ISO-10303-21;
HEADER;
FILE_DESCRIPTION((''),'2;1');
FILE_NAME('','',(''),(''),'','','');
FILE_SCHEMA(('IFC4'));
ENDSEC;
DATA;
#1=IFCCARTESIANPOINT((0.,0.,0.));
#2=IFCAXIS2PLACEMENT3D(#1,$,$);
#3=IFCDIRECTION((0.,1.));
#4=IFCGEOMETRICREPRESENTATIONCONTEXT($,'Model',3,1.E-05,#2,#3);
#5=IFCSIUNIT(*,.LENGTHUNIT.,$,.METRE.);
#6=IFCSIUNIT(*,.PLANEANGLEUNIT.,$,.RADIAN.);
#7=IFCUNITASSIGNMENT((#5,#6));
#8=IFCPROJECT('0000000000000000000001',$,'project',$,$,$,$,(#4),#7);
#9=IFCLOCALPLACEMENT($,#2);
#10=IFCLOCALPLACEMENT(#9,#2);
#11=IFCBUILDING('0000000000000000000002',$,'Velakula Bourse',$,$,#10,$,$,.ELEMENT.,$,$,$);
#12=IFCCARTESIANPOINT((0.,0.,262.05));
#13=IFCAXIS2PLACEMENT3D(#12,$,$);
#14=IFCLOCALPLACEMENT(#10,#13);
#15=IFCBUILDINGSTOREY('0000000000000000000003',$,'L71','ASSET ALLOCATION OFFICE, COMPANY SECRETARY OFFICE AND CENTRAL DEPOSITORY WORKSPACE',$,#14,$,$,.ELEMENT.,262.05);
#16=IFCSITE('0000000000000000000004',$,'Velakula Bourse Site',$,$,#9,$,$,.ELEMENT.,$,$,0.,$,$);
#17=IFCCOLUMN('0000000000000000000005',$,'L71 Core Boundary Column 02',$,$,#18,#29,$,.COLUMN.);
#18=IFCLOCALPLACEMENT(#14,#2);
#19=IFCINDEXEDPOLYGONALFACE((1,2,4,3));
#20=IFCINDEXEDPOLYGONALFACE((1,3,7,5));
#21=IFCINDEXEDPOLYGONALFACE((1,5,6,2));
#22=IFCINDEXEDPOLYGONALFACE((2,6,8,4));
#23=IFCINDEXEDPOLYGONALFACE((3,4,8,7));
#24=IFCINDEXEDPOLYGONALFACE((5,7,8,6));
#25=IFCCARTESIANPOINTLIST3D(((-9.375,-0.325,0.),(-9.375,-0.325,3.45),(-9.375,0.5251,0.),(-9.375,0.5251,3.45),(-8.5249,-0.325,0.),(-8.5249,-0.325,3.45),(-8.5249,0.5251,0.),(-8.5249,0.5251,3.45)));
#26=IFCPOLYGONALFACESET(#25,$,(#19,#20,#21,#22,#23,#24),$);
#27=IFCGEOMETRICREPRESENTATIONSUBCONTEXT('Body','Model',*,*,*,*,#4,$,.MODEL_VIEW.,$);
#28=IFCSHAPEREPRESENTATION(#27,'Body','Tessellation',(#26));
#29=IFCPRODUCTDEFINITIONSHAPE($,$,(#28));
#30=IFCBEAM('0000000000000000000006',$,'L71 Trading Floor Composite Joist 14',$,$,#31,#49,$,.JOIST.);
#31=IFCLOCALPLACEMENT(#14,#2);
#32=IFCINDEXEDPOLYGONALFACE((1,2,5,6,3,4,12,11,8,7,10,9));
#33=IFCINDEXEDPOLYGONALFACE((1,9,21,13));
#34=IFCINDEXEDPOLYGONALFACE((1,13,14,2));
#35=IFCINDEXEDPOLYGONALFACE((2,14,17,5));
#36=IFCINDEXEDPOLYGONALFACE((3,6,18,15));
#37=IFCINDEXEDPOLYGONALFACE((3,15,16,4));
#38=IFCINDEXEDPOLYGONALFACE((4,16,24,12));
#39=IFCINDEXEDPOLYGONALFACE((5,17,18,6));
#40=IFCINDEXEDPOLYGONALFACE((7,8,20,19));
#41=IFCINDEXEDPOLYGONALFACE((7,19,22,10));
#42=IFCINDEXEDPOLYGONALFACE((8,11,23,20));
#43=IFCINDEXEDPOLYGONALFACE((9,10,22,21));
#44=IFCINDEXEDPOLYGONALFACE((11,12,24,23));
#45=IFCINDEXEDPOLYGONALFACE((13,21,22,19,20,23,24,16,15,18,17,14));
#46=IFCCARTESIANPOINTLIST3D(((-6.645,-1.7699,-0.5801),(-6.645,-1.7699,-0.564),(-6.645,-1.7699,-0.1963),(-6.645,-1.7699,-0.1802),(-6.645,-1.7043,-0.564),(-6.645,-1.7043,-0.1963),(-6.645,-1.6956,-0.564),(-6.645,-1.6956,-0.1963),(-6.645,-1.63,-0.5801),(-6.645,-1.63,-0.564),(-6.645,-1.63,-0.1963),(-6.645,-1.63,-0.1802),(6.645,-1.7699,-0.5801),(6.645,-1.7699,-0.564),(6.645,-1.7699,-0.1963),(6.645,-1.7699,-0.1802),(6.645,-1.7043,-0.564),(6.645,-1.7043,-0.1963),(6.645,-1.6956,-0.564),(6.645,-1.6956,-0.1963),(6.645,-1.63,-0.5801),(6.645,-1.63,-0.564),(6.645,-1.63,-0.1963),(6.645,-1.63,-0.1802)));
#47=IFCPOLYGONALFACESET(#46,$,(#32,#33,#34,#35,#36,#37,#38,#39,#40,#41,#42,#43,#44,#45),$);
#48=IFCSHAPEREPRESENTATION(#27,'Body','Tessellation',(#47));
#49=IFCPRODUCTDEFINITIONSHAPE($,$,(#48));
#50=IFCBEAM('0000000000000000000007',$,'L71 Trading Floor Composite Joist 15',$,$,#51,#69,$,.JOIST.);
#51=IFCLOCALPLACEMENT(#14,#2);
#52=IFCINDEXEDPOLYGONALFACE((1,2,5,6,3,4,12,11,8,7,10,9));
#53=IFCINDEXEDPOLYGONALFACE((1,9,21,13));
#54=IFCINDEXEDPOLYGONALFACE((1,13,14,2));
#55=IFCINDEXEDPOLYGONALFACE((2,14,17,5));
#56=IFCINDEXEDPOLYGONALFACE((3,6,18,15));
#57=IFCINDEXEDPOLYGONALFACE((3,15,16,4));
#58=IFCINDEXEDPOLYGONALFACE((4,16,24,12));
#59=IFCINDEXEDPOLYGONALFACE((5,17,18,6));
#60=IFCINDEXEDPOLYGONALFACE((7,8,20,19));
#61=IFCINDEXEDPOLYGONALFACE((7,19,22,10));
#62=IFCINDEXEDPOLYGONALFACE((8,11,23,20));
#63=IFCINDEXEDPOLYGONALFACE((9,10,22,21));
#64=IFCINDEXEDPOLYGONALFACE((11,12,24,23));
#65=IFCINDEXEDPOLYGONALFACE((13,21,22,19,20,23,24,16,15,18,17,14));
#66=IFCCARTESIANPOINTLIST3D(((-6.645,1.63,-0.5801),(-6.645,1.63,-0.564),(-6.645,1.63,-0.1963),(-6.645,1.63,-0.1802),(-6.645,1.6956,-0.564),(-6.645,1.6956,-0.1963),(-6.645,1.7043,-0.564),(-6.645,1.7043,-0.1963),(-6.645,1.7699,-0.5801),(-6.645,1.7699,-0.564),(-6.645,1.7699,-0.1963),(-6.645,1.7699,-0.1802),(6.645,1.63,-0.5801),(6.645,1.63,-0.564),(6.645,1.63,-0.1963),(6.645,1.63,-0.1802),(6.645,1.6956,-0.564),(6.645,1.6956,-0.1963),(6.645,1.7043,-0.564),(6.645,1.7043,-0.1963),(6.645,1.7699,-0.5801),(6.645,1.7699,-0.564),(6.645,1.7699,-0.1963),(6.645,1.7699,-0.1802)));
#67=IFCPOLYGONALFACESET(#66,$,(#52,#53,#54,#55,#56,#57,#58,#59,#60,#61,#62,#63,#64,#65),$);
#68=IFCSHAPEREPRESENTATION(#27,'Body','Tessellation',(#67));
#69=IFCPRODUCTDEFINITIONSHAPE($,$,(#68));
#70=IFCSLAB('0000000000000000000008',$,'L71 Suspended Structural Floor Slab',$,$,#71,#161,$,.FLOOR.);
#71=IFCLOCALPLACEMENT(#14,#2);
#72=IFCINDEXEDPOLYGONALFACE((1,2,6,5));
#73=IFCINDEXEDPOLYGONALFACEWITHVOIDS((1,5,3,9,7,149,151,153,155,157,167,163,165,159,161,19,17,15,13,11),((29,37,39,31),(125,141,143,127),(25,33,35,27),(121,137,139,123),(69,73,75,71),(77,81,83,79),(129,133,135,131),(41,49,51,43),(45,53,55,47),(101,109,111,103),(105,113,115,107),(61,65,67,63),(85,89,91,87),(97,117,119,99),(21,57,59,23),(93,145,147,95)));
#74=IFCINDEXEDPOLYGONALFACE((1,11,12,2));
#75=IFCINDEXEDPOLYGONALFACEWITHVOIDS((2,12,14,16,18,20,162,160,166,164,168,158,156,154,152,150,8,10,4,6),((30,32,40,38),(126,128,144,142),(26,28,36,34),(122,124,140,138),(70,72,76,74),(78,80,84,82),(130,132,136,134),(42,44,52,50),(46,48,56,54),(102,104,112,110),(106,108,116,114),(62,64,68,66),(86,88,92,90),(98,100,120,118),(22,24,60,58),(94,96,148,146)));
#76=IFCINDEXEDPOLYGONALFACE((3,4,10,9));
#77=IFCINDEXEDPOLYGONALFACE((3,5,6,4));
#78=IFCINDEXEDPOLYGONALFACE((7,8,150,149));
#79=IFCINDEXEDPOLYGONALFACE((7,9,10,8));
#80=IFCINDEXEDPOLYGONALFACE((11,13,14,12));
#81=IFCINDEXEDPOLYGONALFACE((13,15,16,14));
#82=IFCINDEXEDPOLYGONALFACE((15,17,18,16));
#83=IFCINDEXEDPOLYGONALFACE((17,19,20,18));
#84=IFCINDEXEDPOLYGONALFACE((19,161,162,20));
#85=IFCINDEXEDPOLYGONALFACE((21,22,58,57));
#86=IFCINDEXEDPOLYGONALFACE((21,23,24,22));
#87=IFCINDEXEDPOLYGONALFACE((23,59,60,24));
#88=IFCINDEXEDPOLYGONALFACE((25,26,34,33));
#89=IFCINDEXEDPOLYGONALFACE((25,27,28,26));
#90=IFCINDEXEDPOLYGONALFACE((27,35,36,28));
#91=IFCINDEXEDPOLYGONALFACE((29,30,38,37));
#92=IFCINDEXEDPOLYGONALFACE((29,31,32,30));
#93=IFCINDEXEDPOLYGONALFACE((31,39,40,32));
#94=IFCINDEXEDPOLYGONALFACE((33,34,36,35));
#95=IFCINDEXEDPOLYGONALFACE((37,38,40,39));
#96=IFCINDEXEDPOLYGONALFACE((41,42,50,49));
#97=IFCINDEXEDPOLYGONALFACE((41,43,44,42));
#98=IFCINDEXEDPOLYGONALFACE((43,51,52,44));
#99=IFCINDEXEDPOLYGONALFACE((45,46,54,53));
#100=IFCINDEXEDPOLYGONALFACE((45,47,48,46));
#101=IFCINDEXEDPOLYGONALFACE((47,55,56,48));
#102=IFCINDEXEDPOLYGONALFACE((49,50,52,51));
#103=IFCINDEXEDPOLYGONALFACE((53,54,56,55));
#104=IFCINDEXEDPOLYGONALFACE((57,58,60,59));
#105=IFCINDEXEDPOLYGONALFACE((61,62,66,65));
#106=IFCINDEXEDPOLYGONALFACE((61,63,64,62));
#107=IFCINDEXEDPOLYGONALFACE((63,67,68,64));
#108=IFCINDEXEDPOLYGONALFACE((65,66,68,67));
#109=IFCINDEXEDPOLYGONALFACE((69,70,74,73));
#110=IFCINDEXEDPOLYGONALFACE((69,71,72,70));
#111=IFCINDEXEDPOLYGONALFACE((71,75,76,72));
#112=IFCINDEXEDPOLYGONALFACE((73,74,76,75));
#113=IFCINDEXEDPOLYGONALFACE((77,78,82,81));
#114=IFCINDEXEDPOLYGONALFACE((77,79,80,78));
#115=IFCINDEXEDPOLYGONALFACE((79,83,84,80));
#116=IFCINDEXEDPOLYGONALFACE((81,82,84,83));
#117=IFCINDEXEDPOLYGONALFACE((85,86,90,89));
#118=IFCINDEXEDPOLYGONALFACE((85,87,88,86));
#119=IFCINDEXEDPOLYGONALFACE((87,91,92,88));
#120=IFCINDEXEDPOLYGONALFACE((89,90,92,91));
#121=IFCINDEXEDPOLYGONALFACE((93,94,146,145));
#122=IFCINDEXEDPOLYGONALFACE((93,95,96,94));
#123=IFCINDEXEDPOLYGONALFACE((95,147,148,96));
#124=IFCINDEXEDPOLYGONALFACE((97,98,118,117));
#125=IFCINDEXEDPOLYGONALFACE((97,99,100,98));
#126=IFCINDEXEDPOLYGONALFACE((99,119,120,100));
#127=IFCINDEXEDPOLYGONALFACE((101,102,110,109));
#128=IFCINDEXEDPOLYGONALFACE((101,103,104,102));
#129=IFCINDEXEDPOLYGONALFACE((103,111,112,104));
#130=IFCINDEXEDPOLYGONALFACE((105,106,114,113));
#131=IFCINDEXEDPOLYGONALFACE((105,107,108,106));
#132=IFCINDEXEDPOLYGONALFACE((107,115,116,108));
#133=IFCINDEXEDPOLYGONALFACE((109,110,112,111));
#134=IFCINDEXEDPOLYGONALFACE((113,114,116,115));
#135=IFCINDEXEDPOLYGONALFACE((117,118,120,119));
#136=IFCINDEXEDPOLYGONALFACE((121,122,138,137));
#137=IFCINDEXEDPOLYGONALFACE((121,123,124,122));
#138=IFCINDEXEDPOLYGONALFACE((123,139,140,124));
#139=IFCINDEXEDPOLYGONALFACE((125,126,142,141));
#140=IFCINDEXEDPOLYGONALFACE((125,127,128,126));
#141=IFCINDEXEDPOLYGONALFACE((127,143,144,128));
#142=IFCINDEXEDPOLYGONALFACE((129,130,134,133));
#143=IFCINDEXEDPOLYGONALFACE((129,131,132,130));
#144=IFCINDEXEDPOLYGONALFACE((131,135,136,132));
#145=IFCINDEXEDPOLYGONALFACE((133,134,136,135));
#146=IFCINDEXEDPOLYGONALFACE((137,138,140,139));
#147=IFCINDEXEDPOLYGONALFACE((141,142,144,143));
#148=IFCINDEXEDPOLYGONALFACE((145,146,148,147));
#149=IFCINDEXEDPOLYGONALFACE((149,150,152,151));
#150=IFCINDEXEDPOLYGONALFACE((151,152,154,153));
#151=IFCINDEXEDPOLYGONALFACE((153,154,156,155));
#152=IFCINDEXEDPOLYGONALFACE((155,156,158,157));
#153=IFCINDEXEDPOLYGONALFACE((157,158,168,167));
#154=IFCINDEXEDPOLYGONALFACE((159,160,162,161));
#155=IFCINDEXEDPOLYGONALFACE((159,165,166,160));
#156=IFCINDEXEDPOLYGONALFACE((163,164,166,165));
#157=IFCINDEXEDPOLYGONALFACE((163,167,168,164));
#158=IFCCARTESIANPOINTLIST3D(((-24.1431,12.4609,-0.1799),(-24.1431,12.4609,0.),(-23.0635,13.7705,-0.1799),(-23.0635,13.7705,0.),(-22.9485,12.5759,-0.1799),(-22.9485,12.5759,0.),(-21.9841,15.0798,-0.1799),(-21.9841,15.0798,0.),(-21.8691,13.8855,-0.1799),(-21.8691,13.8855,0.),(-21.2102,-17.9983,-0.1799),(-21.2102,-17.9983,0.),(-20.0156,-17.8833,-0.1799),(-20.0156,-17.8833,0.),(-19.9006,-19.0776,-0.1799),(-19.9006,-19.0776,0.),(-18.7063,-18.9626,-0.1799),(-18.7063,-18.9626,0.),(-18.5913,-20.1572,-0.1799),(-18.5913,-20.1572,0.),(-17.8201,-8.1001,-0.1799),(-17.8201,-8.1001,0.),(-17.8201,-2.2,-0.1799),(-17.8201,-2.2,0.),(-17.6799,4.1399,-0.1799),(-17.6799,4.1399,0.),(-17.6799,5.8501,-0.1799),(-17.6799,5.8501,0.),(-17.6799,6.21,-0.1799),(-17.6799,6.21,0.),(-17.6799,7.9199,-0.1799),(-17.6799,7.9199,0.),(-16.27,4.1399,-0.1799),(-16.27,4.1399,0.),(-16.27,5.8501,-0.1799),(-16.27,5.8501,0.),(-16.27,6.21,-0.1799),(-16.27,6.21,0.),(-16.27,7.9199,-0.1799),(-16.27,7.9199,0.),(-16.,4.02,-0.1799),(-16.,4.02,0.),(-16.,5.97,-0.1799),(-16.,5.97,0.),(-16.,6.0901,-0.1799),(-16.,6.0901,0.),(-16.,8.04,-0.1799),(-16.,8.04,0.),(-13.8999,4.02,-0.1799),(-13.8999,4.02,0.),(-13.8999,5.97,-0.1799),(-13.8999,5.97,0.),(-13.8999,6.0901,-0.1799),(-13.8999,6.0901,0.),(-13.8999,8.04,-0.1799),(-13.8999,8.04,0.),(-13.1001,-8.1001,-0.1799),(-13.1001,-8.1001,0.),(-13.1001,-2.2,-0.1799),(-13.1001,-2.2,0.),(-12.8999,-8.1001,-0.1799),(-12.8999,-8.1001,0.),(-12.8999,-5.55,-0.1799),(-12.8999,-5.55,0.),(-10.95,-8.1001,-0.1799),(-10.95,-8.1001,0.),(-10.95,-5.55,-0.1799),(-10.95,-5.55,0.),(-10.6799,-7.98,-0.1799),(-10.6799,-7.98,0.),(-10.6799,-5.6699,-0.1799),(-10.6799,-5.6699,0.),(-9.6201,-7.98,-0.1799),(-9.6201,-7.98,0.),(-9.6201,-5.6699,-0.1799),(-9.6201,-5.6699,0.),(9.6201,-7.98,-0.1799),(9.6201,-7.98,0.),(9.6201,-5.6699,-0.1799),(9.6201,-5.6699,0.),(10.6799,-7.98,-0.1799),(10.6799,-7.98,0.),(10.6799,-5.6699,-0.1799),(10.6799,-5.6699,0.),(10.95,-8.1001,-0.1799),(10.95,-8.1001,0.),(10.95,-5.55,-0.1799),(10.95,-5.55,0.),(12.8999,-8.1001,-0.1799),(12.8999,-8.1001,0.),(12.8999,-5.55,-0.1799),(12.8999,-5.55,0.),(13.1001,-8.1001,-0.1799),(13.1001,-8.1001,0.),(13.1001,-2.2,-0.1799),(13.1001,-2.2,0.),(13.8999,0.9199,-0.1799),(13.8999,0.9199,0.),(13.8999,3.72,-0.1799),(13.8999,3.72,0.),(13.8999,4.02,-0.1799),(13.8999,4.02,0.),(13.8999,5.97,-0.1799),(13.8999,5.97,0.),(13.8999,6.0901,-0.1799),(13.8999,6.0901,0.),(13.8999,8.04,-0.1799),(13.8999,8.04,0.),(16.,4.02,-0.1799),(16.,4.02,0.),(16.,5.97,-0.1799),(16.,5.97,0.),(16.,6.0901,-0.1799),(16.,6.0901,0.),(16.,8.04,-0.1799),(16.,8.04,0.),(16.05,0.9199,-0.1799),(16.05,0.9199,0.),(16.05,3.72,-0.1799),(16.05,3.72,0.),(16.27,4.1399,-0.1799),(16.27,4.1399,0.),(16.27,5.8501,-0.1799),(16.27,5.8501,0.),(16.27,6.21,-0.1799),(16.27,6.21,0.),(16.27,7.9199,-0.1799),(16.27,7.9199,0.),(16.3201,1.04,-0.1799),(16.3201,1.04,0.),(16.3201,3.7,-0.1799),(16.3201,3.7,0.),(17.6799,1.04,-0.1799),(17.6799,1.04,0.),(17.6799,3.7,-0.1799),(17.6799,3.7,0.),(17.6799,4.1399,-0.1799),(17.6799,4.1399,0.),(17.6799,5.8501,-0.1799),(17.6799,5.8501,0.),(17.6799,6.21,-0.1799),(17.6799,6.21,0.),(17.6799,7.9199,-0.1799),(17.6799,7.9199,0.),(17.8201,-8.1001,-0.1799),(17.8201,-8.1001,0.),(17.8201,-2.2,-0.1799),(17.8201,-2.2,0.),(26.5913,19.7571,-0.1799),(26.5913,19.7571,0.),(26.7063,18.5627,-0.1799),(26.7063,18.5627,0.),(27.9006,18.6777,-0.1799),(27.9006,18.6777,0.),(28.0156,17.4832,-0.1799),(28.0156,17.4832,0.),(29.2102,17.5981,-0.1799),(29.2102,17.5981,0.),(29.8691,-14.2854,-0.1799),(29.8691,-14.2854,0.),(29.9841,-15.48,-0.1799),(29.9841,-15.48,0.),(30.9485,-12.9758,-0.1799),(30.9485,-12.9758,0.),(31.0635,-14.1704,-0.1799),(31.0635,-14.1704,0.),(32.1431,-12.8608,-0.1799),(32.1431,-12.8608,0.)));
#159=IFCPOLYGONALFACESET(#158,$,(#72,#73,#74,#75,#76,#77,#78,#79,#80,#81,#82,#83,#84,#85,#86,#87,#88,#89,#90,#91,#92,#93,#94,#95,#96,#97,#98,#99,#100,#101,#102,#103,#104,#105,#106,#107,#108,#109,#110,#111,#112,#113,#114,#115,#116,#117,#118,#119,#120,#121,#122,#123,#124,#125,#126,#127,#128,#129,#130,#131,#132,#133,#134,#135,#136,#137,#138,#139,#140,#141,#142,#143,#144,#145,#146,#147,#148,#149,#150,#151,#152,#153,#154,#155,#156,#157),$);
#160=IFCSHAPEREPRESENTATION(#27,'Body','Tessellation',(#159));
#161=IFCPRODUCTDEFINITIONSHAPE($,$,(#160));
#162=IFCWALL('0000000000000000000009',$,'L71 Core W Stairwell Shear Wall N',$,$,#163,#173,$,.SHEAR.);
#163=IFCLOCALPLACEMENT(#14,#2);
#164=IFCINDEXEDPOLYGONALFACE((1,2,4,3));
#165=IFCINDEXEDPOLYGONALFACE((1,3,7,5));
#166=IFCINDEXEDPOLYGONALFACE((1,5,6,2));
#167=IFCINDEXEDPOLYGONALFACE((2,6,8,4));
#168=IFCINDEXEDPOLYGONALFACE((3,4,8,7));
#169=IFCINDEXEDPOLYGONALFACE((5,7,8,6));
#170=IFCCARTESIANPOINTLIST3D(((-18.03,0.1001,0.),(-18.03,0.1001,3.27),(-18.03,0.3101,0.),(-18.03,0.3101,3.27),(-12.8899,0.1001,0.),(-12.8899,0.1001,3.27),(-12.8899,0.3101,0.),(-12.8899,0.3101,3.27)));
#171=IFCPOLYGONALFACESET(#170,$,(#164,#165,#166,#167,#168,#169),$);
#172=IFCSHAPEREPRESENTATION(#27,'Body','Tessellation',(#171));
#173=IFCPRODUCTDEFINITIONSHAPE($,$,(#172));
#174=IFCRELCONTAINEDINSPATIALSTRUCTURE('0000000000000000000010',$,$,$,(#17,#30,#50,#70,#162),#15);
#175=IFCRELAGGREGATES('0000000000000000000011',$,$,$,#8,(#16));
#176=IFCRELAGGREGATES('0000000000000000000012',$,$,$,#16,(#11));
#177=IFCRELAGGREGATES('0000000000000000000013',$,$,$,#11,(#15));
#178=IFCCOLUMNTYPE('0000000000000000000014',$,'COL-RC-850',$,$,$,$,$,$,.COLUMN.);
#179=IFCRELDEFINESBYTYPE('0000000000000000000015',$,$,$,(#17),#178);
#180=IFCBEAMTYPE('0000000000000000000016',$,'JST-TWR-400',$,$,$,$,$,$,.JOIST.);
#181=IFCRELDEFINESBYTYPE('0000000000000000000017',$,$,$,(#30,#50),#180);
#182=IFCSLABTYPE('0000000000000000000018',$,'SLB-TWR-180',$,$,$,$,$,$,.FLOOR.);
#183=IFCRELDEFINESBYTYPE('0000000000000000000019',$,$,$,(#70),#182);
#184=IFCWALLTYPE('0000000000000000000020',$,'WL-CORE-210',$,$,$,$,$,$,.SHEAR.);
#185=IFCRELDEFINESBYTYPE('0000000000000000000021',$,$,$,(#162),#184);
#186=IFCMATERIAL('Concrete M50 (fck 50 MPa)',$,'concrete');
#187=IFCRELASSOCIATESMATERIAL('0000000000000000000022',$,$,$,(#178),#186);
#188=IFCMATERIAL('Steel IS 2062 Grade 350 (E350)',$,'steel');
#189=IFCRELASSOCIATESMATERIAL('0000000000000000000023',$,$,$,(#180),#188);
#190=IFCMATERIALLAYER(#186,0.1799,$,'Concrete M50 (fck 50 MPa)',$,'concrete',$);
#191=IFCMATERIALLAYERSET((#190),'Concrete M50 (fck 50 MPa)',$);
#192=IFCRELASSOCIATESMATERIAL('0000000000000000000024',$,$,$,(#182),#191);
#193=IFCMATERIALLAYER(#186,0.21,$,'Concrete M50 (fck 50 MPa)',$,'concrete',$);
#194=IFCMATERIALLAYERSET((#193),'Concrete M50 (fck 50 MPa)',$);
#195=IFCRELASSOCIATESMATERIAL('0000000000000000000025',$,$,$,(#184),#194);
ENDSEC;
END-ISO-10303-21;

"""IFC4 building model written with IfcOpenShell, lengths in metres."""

from ifc_helpers import new_model, si_unit, direction, frame, frame_2d, origin, origin_2d, place, context, subcontext, project, spatial, polyline, rectangle, i_section, outline, extrude, material, layer, layer_set, material_profile, profile_set, type_object, element, save


model = new_model("IFC4")

# Units and contexts
model_context = context("Model", 3, precision=1e-05, world=origin(), true_north=direction((0.0, 1.0)))
body_context = subcontext(model_context, "Body", "Model", "MODEL_VIEW")
ifc_project = project(units=[si_unit("LENGTHUNIT", "METRE"), si_unit("PLANEANGLEUNIT", "RADIAN")], contexts=[model_context])

# Site, building, storey
site_placement = place(None, origin())
site = spatial("IfcSite", under=ifc_project, at=site_placement, Name="Velakula Bourse Site", CompositionType="ELEMENT", RefElevation=0.0)
building_placement = place(site_placement, origin())
building = spatial("IfcBuilding", under=site, at=building_placement, Name="Velakula Bourse", CompositionType="ELEMENT")
storey_placement = place(building_placement, frame((0.0, 0.0, 262.05)))
storey = spatial("IfcBuildingStorey", under=building, at=storey_placement, Name="L71", Description="ASSET ALLOCATION OFFICE, COMPANY SECRETARY OFFICE AND CENTRAL DEPOSITORY WORKSPACE", CompositionType="ELEMENT", Elevation=262.05)

# Column
ifc_material_1 = material(Name="Concrete M50 (fck 50 MPa)", Category="concrete")
ifc_material_profile_1 = material_profile(ifc_material_1, rectangle(XDim=0.8501, YDim=0.8501, at=origin_2d()), Name="Concrete M50 (fck 50 MPa)")
ifc_profile_set_1 = profile_set([ifc_material_profile_1], Name="Concrete M50 (fck 50 MPa)")
column_type = type_object("IfcColumnType", Name="COL-RC-850", PredefinedType="COLUMN", material=ifc_profile_set_1)
column_placement = place(storey_placement, frame((-8.95, 0.1001, 0.0), z_axis=(0.0, 0.0, 1.0), x_axis=(1.0, 0.0, 0.0)))
element("IfcColumn", 1, at=column_placement, inside=storey, type_object=column_type, Name="L71 Core Boundary Column 02", PredefinedType="COLUMN", context=body_context, shape_type="SweptSolid", body=[
    extrude(rectangle(XDim=0.8501, YDim=0.8501, at=origin_2d()), origin(), (0.0, 0.0, 1.0), 3.45),
])

# Beams
ifc_material_2 = material(Name="Steel IS 2062 Grade 350 (E350)", Category="steel")
ifc_material_profile_2 = material_profile(ifc_material_2, i_section(OverallWidth=0.1399, OverallDepth=0.3999, WebThickness=0.0088, FlangeThickness=0.0161, at=origin_2d()), Name="Steel IS 2062 Grade 350 (E350)")
ifc_profile_set_2 = profile_set([ifc_material_profile_2], Name="Steel IS 2062 Grade 350 (E350)")
beam_type = type_object("IfcBeamType", Name="JST-TWR-400", PredefinedType="JOIST", material=ifc_profile_set_2)
for number, where, z_axis, x_axis, name in (
    (2, (-6.645, -1.7, -0.3801), (1.0, 0.0, 0.0), (0.0, 1.0, 0.0), "L71 Trading Floor Composite Joist 14"),
    (3, (-6.645, 1.7, -0.3801), (1.0, 0.0, 0.0), (0.0, 1.0, 0.0), "L71 Trading Floor Composite Joist 15"),
):
    element("IfcBeam", number, at=place(storey_placement, frame(where, z_axis=z_axis, x_axis=x_axis)), inside=storey, type_object=beam_type, Name=name, PredefinedType="JOIST", context=body_context, shape_type="SweptSolid", body=[
        extrude(i_section(OverallWidth=0.1399, OverallDepth=0.3999, WebThickness=0.0088, FlangeThickness=0.0161, at=origin_2d()), origin(), (0.0, 0.0, 1.0), 13.29),
    ])

# Slab
ifc_layer_1 = layer(ifc_material_1, 0.1799, Name="Concrete M50 (fck 50 MPa)", Category="concrete")
ifc_layer_set_1 = layer_set([ifc_layer_1], Name="Concrete M50 (fck 50 MPa)")
slab_type = type_object("IfcSlabType", Name="SLB-TWR-180", PredefinedType="FLOOR", material=ifc_layer_set_1)
slab_placement = place(storey_placement, frame((0.0, 0.0, -0.1799)))
element("IfcSlab", 4, at=slab_placement, inside=storey, type_object=slab_type, Name="L71 Suspended Structural Floor Slab", PredefinedType="FLOOR", context=body_context, shape_type="SweptSolid", body=[
    extrude(outline(polyline([(-18.5913, -20.1572), (29.9841, -15.48), (29.8691, -14.2854), (31.0635, -14.1704), (30.9485, -12.9758), (32.1431, -12.8608), (29.2102, 17.5981), (28.0156, 17.4832), (27.9006, 18.6777), (26.7063, 18.5627), (26.5913, 19.7571), (-21.9841, 15.0798), (-21.8691, 13.8855), (-23.0635, 13.7705), (-22.9485, 12.5759), (-24.1431, 12.4609), (-21.2102, -17.9983), (-20.0156, -17.8833), (-19.9006, -19.0776), (-18.7063, -18.9626), (-18.5913, -20.1572)]), holes=[polyline([(-17.8201, -8.1001), (-13.1001, -8.1001), (-13.1001, -2.2), (-17.8201, -2.2), (-17.8201, -8.1001)]), polyline([(13.1001, -8.1001), (17.8201, -8.1001), (17.8201, -2.2), (13.1001, -2.2), (13.1001, -8.1001)]), polyline([(-12.8999, -8.1001), (-10.95, -8.1001), (-10.95, -5.55), (-12.8999, -5.55), (-12.8999, -8.1001)]), polyline([(10.95, -8.1001), (12.8999, -8.1001), (12.8999, -5.55), (10.95, -5.55), (10.95, -8.1001)]), polyline([(13.8999, 0.9199), (16.05, 0.9199), (16.05, 3.72), (13.8999, 3.72), (13.8999, 0.9199)]), polyline([(-10.6799, -7.98), (-9.6201, -7.98), (-9.6201, -5.6699), (-10.6799, -5.6699), (-10.6799, -7.98)]), polyline([(-17.6799, 4.1399), (-16.27, 4.1399), (-16.27, 5.8501), (-17.6799, 5.8501), (-17.6799, 4.1399)]), polyline([(-17.6799, 6.21), (-16.27, 6.21), (-16.27, 7.9199), (-17.6799, 7.9199), (-17.6799, 6.21)]), polyline([(9.6201, -7.98), (10.6799, -7.98), (10.6799, -5.6699), (9.6201, -5.6699), (9.6201, -7.98)]), polyline([(16.27, 4.1399), (17.6799, 4.1399), (17.6799, 5.8501), (16.27, 5.8501), (16.27, 4.1399)]), polyline([(16.27, 6.21), (17.6799, 6.21), (17.6799, 7.9199), (16.27, 7.9199), (16.27, 6.21)]), polyline([(16.3201, 1.04), (17.6799, 1.04), (17.6799, 3.7), (16.3201, 3.7), (16.3201, 1.04)]), polyline([(-16.0, 4.02), (-13.8999, 4.02), (-13.8999, 5.97), (-16.0, 5.97), (-16.0, 4.02)]), polyline([(-16.0, 6.0901), (-13.8999, 6.0901), (-13.8999, 8.04), (-16.0, 8.04), (-16.0, 6.0901)]), polyline([(13.8999, 4.02), (16.0, 4.02), (16.0, 5.97), (13.8999, 5.97), (13.8999, 4.02)]), polyline([(13.8999, 6.0901), (16.0, 6.0901), (16.0, 8.04), (13.8999, 8.04), (13.8999, 6.0901)])]), origin(), (0.0, 0.0, 1.0), 0.1799),
])

# Wall
ifc_layer_2 = layer(ifc_material_1, 0.21, Name="Concrete M50 (fck 50 MPa)", Category="concrete")
ifc_layer_set_2 = layer_set([ifc_layer_2], Name="Concrete M50 (fck 50 MPa)")
wall_type_1 = type_object("IfcWallType", Name="WL-CORE-210", PredefinedType="SHEAR", material=ifc_layer_set_2)
wall_1_placement = place(storey_placement, frame((-12.8899, 0.2051, 0.0), z_axis=(0.0, 0.0, 1.0), x_axis=(-1.0, 0.0, 0.0)))
element("IfcWall", 5, at=wall_1_placement, inside=storey, type_object=wall_type_1, Name="L71 Core W Stairwell Shear Wall N", PredefinedType="SHEAR", context=body_context, shape_type="SweptSolid", body=[
    extrude(rectangle(XDim=5.1401, YDim=0.21, at=frame_2d((2.5701, 0.0))), origin(), (0.0, 0.0, 1.0), 3.27),
])

save(model, "model.ifc")
